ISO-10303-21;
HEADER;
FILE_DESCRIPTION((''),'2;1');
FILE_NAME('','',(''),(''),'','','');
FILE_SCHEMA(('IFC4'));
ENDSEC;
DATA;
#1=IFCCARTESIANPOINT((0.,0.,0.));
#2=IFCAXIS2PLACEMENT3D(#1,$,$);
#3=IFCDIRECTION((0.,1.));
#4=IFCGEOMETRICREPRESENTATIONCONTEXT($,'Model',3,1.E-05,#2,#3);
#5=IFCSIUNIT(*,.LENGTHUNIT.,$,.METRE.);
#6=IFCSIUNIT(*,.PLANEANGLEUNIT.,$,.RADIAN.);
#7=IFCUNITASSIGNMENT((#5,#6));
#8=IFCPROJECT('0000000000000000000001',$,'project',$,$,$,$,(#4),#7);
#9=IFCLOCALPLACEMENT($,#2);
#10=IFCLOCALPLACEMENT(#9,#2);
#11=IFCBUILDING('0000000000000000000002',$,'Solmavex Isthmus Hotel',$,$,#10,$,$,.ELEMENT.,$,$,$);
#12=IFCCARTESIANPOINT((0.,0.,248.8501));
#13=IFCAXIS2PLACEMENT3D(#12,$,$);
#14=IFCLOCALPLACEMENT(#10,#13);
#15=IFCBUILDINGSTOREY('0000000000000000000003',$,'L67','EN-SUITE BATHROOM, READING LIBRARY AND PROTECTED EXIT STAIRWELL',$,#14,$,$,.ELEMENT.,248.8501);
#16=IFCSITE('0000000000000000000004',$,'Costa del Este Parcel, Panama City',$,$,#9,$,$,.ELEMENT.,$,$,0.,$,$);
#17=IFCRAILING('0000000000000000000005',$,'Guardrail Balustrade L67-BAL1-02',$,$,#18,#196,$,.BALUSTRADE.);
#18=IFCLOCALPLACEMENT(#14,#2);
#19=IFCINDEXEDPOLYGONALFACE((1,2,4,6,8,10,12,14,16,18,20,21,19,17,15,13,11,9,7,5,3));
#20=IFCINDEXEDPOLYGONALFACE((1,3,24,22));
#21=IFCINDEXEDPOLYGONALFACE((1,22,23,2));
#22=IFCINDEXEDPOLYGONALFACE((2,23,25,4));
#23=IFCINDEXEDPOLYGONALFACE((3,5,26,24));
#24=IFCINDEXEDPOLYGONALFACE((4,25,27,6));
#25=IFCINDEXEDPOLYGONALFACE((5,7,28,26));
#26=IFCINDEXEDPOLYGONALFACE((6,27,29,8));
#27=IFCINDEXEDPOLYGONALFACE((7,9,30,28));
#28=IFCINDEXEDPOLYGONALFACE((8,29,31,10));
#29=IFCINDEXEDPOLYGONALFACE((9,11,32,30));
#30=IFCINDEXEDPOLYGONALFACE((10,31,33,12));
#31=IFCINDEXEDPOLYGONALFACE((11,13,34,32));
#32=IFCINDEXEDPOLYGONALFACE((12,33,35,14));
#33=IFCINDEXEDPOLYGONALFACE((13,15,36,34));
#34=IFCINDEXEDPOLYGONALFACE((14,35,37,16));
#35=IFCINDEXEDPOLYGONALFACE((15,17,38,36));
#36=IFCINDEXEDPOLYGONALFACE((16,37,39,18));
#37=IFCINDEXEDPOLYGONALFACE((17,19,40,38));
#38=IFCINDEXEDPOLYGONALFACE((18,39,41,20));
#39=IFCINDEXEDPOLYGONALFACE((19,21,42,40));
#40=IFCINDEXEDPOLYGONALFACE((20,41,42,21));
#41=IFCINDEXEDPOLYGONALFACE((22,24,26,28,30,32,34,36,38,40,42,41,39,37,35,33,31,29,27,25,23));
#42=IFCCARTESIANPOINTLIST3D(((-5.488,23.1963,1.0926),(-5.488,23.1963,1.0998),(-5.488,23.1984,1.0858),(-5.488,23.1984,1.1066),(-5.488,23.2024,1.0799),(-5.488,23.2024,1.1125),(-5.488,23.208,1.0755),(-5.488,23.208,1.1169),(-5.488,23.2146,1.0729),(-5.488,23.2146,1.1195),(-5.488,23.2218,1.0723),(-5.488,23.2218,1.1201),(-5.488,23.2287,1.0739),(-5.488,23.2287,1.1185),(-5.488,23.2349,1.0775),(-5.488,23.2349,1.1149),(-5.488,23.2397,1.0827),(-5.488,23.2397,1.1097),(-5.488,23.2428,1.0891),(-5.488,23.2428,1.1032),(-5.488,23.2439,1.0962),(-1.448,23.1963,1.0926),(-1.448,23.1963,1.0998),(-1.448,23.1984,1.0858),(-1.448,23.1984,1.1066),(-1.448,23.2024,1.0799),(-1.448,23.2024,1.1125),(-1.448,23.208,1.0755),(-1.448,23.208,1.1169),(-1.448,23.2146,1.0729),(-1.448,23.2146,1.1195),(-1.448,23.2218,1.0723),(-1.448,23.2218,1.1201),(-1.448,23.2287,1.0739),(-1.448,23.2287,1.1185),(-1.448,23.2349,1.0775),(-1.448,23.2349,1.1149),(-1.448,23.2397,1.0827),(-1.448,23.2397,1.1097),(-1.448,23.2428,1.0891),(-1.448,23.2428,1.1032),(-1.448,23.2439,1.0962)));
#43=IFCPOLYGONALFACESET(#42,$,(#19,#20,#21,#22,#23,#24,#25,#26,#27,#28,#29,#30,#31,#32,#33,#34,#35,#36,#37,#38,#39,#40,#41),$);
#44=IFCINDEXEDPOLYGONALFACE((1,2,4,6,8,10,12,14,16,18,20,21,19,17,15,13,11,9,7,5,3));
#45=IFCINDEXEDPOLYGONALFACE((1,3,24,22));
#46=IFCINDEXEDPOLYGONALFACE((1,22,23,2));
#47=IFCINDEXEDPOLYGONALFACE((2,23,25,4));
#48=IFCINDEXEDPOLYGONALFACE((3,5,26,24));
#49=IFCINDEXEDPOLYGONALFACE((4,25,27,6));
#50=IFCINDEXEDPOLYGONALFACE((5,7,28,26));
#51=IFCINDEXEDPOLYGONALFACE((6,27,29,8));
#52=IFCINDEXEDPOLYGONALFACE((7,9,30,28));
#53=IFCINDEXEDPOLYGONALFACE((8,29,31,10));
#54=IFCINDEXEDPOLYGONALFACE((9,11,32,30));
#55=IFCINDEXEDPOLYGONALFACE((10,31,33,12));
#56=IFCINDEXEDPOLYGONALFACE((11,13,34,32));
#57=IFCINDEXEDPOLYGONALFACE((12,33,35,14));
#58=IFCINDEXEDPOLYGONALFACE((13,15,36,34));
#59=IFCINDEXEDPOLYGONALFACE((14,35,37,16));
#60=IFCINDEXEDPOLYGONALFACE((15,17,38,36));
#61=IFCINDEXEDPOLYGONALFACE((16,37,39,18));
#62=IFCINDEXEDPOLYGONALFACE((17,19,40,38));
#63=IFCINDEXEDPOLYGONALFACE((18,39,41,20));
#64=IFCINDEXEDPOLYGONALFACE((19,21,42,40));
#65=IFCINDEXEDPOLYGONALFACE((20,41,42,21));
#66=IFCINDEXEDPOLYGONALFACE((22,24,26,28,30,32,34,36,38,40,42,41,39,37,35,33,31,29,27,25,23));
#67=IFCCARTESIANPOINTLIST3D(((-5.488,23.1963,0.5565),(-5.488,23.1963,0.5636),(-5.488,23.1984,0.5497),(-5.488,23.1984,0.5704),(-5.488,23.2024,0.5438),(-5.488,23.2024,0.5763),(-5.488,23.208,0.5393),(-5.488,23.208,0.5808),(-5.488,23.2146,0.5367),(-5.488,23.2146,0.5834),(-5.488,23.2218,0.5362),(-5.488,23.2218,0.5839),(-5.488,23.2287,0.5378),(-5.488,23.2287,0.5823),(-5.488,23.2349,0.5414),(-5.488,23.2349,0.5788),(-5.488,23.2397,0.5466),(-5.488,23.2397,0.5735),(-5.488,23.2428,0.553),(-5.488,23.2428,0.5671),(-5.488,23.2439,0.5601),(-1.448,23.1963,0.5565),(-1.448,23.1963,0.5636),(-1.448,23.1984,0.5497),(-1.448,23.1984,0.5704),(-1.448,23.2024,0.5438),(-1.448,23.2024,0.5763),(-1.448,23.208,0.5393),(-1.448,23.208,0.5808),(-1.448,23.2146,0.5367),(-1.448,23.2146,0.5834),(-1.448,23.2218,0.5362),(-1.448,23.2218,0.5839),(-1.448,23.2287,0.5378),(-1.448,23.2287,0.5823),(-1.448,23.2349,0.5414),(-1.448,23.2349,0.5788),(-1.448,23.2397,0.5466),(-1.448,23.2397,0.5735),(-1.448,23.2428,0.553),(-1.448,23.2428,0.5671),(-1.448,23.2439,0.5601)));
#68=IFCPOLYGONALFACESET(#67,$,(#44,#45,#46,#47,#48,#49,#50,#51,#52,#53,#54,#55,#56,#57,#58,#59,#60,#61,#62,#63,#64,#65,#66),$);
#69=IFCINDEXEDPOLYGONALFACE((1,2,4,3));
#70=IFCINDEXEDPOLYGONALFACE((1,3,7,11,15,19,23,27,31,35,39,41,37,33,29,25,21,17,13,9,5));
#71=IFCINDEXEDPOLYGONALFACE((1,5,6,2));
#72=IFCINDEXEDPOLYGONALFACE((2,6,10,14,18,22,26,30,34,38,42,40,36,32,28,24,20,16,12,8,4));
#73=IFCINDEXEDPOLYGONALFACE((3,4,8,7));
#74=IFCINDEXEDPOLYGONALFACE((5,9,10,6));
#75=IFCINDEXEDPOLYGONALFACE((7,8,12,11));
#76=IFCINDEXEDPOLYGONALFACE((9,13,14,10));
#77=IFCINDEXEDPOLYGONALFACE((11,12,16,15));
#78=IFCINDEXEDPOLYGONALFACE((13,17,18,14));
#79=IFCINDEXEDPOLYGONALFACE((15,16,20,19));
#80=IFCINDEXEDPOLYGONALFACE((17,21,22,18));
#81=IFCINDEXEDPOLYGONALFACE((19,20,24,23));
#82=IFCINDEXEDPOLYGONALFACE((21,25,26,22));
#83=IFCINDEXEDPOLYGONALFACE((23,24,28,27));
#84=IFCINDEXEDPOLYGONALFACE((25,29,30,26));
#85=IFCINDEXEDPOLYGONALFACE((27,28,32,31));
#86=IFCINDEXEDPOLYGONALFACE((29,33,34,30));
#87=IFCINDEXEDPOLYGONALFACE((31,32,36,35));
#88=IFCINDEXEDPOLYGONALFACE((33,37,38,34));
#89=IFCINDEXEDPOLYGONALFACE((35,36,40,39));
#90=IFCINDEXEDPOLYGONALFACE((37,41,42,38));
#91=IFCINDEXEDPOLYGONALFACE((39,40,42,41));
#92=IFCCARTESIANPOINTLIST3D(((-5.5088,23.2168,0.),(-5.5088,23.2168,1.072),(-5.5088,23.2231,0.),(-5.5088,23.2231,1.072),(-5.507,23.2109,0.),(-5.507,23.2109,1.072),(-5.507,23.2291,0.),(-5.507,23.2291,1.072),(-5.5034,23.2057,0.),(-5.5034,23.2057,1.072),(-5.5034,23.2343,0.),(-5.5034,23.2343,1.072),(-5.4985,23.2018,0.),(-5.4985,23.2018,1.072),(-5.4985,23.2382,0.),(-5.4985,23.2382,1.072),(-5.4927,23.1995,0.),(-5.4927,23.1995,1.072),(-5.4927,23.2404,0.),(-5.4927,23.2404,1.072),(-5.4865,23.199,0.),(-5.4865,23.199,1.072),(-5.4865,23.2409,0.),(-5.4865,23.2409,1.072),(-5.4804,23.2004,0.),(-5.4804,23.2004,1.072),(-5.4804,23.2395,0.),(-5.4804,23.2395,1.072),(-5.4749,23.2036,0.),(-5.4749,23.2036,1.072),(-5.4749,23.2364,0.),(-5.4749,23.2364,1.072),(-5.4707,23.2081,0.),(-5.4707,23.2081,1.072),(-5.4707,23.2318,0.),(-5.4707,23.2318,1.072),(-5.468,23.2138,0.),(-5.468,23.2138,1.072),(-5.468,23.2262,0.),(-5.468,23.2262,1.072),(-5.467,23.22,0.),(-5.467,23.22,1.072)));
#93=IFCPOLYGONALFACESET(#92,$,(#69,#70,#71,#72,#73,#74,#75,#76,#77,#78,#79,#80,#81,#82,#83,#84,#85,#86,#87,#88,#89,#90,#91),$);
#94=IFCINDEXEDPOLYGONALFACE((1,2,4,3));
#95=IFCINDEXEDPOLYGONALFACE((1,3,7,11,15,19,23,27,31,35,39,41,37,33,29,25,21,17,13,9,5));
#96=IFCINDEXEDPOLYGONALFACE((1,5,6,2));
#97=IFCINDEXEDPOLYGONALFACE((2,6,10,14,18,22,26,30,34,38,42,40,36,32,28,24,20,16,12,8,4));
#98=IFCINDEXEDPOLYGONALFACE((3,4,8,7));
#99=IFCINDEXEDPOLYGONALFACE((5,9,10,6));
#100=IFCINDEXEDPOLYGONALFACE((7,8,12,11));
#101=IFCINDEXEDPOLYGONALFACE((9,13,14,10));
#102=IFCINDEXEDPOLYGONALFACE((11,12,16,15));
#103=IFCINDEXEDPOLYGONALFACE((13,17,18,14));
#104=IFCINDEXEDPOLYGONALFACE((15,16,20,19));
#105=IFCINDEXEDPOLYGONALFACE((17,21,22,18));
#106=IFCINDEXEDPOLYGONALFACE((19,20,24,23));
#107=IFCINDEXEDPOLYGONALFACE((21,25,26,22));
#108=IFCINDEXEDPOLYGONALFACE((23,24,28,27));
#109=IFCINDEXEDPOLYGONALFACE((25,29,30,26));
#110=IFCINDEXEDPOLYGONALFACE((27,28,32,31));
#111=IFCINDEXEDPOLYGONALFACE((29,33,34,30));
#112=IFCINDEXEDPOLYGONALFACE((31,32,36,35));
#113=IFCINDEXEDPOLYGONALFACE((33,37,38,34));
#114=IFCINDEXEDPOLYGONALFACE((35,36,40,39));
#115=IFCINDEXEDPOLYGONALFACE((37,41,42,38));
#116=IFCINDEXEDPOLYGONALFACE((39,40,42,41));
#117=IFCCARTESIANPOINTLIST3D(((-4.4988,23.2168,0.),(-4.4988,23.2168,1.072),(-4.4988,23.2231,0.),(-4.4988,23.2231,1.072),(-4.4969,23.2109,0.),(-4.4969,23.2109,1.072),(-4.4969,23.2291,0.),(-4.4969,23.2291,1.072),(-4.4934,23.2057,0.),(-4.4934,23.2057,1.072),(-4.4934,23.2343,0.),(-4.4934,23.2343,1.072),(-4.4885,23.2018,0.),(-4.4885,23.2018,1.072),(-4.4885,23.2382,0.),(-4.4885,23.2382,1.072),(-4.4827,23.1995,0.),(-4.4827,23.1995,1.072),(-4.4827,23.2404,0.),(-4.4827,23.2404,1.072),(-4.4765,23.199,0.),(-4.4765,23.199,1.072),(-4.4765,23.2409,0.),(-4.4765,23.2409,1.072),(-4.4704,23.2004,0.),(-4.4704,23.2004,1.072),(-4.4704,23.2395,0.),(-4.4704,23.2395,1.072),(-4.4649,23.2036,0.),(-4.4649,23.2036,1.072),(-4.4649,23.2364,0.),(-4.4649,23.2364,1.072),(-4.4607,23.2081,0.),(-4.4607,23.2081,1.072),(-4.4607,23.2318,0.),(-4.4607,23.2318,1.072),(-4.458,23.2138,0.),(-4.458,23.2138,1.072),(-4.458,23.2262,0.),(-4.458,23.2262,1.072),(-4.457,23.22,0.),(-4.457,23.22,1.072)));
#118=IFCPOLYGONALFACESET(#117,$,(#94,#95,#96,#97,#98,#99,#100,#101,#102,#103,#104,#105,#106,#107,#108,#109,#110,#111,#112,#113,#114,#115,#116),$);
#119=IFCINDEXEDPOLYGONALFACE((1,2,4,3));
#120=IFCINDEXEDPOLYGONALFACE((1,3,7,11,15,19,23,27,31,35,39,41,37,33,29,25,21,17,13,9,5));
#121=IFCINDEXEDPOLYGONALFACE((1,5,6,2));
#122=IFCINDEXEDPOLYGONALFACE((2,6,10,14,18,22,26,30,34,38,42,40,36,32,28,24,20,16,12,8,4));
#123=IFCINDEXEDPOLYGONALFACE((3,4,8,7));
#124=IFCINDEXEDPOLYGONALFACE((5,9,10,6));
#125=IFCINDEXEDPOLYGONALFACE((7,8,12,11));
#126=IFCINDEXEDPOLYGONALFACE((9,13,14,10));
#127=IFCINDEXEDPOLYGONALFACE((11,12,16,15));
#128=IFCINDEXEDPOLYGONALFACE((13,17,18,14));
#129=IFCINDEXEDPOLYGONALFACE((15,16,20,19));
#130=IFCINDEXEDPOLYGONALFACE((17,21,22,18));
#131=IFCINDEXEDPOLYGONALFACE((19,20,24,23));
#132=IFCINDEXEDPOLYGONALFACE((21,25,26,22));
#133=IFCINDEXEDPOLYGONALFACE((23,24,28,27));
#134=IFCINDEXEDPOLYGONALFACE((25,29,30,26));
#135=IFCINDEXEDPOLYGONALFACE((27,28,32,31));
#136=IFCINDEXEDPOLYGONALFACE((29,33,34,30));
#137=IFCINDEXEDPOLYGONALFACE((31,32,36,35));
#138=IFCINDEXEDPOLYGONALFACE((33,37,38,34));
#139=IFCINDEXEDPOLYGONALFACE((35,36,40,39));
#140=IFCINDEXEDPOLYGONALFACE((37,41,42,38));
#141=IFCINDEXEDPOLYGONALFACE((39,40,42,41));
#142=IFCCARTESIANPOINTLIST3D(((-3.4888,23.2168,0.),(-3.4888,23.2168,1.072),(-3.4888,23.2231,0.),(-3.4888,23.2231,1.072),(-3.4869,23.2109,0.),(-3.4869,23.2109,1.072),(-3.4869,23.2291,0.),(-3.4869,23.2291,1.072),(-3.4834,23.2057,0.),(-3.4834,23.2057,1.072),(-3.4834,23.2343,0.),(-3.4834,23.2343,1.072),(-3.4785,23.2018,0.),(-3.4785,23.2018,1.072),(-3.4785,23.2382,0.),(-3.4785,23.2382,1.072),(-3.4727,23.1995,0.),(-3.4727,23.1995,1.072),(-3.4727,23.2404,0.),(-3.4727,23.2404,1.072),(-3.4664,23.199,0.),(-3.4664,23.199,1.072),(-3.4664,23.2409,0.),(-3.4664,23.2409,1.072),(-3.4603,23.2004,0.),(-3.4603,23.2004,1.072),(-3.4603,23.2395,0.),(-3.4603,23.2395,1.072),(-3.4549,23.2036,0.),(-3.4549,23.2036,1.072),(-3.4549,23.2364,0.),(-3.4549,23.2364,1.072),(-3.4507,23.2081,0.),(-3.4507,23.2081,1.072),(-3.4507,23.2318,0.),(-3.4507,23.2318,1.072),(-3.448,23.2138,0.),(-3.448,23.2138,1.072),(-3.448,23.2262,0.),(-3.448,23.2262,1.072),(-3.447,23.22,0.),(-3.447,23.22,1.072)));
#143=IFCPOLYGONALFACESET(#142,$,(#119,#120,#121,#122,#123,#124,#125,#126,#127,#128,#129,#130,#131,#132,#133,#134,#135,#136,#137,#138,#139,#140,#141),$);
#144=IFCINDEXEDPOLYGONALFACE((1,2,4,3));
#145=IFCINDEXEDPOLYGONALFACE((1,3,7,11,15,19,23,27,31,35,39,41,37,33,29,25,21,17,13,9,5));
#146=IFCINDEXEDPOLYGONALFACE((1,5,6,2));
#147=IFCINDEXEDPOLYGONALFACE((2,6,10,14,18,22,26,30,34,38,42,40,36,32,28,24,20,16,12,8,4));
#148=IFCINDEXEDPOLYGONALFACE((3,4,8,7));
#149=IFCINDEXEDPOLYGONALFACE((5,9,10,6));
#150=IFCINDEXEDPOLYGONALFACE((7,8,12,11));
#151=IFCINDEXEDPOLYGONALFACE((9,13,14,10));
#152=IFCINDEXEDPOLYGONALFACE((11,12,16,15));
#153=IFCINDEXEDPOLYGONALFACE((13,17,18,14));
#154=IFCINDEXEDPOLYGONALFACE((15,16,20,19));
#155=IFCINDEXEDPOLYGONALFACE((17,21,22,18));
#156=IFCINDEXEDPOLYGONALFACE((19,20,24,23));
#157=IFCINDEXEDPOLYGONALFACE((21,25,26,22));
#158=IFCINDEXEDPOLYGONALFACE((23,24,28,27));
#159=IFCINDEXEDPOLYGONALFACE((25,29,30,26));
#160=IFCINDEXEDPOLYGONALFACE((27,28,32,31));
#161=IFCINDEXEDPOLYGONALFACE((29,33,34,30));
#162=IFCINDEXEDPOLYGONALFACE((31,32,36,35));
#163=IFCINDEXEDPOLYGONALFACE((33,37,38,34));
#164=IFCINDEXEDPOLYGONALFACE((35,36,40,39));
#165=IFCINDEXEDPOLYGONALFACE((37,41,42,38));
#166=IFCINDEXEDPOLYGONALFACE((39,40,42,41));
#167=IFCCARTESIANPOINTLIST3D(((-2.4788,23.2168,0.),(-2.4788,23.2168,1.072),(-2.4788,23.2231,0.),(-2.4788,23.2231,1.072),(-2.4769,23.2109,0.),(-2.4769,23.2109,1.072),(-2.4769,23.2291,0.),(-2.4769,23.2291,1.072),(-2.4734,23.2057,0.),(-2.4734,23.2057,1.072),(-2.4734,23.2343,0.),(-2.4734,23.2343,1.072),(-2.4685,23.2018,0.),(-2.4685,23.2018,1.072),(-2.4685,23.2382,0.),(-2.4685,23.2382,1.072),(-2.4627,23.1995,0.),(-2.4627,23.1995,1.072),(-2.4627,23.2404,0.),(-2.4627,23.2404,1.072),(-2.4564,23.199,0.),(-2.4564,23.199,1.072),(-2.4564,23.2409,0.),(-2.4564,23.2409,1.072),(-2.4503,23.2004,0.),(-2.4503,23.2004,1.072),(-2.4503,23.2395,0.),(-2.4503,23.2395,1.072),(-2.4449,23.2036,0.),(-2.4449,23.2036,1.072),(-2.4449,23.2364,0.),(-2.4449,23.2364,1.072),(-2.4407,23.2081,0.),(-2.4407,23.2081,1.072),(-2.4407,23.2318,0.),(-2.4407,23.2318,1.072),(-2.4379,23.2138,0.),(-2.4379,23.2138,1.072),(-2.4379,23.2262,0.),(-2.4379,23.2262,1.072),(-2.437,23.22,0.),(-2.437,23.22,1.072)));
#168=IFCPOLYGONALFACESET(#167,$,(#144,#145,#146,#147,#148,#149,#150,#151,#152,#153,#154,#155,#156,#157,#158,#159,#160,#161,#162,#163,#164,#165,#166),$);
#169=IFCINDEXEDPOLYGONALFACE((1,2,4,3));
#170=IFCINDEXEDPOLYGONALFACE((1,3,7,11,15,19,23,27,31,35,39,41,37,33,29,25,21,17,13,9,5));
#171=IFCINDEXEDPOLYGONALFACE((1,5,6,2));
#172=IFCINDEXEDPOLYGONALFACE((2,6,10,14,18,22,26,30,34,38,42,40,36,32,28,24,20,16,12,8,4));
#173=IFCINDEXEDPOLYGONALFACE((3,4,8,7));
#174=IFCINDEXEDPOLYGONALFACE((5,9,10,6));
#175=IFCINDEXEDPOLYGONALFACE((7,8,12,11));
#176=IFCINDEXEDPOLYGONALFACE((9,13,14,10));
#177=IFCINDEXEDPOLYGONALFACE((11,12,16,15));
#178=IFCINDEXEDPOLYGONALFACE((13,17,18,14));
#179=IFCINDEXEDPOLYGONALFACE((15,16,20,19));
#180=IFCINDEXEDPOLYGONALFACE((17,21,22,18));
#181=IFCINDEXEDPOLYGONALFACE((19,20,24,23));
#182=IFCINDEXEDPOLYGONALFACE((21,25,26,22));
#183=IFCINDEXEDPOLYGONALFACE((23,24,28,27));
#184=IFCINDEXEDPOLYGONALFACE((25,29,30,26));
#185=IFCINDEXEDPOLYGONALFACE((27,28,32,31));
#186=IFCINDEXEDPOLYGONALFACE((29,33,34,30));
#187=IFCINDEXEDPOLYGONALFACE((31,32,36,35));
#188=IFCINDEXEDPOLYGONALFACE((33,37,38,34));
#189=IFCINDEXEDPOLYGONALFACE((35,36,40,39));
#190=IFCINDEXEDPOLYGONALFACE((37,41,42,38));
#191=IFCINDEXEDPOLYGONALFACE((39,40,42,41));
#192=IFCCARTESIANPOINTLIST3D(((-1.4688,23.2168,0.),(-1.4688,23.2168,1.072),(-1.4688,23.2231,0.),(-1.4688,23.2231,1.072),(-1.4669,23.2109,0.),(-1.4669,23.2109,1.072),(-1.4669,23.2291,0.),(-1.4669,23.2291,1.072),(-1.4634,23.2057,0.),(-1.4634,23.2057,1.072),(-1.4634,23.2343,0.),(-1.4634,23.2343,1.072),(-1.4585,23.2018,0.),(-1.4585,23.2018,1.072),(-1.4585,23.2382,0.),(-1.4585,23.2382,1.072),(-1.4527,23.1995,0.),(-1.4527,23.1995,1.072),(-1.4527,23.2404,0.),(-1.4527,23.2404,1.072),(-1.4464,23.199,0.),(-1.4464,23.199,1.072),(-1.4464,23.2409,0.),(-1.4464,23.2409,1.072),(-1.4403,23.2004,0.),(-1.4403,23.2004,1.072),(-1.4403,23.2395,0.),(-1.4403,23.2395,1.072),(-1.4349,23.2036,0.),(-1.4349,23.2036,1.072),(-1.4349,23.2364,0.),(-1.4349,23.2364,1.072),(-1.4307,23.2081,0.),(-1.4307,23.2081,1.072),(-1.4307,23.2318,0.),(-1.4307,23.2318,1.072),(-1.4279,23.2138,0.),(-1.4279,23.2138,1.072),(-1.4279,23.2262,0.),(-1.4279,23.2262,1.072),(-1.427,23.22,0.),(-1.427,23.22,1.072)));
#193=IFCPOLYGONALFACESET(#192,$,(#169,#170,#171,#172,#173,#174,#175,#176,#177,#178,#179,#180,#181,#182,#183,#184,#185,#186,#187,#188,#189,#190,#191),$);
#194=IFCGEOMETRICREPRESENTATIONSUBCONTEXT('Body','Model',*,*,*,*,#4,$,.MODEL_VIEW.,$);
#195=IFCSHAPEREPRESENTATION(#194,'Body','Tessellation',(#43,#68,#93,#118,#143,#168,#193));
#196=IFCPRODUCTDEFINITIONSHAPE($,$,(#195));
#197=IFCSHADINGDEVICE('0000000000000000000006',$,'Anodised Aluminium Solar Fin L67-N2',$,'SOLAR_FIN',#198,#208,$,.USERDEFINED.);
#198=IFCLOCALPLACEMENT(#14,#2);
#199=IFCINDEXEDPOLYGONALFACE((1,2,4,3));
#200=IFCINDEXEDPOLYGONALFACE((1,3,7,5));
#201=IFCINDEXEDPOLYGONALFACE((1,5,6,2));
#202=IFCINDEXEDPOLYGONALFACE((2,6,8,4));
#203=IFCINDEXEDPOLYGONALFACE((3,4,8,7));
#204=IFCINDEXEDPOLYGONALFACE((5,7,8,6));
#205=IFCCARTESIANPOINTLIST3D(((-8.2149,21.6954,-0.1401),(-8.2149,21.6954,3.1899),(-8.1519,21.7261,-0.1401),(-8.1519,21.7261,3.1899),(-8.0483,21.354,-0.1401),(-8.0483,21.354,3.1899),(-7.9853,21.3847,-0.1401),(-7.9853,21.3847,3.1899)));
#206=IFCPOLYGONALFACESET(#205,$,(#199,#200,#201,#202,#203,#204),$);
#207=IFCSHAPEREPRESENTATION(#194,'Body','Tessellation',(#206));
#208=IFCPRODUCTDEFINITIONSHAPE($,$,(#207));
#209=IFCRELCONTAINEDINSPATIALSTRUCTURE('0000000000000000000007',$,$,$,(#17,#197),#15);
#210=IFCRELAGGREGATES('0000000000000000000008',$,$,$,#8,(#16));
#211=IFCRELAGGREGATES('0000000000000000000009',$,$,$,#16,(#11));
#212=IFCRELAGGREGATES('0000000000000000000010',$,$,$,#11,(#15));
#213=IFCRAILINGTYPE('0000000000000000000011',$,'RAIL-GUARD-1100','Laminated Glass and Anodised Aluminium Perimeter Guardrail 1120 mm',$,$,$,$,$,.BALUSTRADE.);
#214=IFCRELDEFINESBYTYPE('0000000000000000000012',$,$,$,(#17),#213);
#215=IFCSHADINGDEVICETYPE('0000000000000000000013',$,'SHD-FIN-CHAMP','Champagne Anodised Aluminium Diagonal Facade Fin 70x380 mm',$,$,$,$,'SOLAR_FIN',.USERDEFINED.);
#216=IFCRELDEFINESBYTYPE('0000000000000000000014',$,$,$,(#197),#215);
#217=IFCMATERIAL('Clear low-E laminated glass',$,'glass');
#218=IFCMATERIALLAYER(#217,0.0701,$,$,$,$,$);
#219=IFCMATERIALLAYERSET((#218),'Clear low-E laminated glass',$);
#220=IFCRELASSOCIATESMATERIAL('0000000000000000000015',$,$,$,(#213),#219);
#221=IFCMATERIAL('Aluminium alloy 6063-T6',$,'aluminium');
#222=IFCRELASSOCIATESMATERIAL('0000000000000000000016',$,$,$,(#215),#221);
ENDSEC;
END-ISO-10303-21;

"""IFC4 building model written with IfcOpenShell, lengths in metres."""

from ifc_helpers import new_model, si_unit, direction, frame, origin, origin_2d, place, context, subcontext, project, spatial, rectangle, circle, extrude, material, layer, layer_set, type_object, element, save


model = new_model("IFC4")

# Units and contexts
model_context = context("Model", 3, precision=1e-05, world=origin(), true_north=direction((0.0, 1.0)))
body_context = subcontext(model_context, "Body", "Model", "MODEL_VIEW")
ifc_project = project(units=[si_unit("LENGTHUNIT", "METRE"), si_unit("PLANEANGLEUNIT", "RADIAN")], contexts=[model_context])

# Site, building, storey
site_placement = place(None, origin())
site = spatial("IfcSite", under=ifc_project, at=site_placement, Name="Costa del Este Parcel, Panama City", CompositionType="ELEMENT", RefElevation=0.0)
building_placement = place(site_placement, origin())
building = spatial("IfcBuilding", under=site, at=building_placement, Name="Solmavex Isthmus Hotel", CompositionType="ELEMENT")
storey_placement = place(building_placement, frame((0.0, 0.0, 248.8501)))
storey = spatial("IfcBuildingStorey", under=building, at=storey_placement, Name="L67", Description="EN-SUITE BATHROOM, READING LIBRARY AND PROTECTED EXIT STAIRWELL", CompositionType="ELEMENT", Elevation=248.8501)

# Shared definitions
ifc_material_1 = material(Name="Aluminium alloy 6063-T6", Category="aluminium")
ifc_material_2 = material(Name="Clear low-E laminated glass", Category="glass")

# Railing
ifc_layer_1 = layer(ifc_material_2, 0.0701)
ifc_layer_set_1 = layer_set([ifc_layer_1], Name="Clear low-E laminated glass")
railing_type = type_object("IfcRailingType", Name="RAIL-GUARD-1100", Description="Laminated Glass and Anodised Aluminium Perimeter Guardrail 1120 mm", PredefinedType="BALUSTRADE", material=ifc_layer_set_1)
railing_1_placement = place(storey_placement, frame((-5.488, 23.22, 0.0)))
element("IfcRailing", 1, at=railing_1_placement, inside=storey, type_object=railing_type, Name="Guardrail Balustrade L67-BAL1-02", PredefinedType="BALUSTRADE", context=body_context, shape_type="SweptSolid", body=[
    extrude(circle(Radius=0.0239, at=origin_2d()), frame((0.0, 0.0, 1.0962), z_axis=(1.0, 0.0, 0.0), x_axis=(0.0, 1.0, 0.0)), (0.0, 0.0, 1.0), 4.04),
    extrude(circle(Radius=0.0239, at=origin_2d()), frame((0.0, 0.0, 0.5601), z_axis=(1.0, 0.0, 0.0), x_axis=(0.0, 1.0, 0.0)), (0.0, 0.0, 1.0), 4.04),
    extrude(circle(Radius=0.021, at=origin_2d()), origin(), (0.0, 0.0, 1.0), 1.072),
    extrude(circle(Radius=0.021, at=origin_2d()), frame((1.01, 0.0, 0.0)), (0.0, 0.0, 1.0), 1.072),
    extrude(circle(Radius=0.021, at=origin_2d()), frame((2.02, 0.0, 0.0)), (0.0, 0.0, 1.0), 1.072),
    extrude(circle(Radius=0.021, at=origin_2d()), frame((3.03, 0.0, 0.0)), (0.0, 0.0, 1.0), 1.072),
    extrude(circle(Radius=0.021, at=origin_2d()), frame((4.04, 0.0, 0.0)), (0.0, 0.0, 1.0), 1.072),
])

# Shading device
shading_device_type = type_object("IfcShadingDeviceType", Name="SHD-FIN-CHAMP", Description="Champagne Anodised Aluminium Diagonal Facade Fin 70x380 mm", ElementType="SOLAR_FIN", PredefinedType="USERDEFINED", material=ifc_material_1)
shading_device_placement = place(storey_placement, frame((-8.1001, 21.54, -0.1401), z_axis=(0.0, 0.0, 1.0), x_axis=(-0.438371, 0.898794, 0.0)))
element("IfcShadingDevice", 2, at=shading_device_placement, inside=storey, type_object=shading_device_type, Name="Anodised Aluminium Solar Fin L67-N2", ObjectType="SOLAR_FIN", PredefinedType="USERDEFINED", context=body_context, shape_type="SweptSolid", body=[
    extrude(rectangle(XDim=0.3799, YDim=0.0701, at=origin_2d()), origin(), (0.0, 0.0, 1.0), 3.3301),
])

save(model, "model.ifc")
